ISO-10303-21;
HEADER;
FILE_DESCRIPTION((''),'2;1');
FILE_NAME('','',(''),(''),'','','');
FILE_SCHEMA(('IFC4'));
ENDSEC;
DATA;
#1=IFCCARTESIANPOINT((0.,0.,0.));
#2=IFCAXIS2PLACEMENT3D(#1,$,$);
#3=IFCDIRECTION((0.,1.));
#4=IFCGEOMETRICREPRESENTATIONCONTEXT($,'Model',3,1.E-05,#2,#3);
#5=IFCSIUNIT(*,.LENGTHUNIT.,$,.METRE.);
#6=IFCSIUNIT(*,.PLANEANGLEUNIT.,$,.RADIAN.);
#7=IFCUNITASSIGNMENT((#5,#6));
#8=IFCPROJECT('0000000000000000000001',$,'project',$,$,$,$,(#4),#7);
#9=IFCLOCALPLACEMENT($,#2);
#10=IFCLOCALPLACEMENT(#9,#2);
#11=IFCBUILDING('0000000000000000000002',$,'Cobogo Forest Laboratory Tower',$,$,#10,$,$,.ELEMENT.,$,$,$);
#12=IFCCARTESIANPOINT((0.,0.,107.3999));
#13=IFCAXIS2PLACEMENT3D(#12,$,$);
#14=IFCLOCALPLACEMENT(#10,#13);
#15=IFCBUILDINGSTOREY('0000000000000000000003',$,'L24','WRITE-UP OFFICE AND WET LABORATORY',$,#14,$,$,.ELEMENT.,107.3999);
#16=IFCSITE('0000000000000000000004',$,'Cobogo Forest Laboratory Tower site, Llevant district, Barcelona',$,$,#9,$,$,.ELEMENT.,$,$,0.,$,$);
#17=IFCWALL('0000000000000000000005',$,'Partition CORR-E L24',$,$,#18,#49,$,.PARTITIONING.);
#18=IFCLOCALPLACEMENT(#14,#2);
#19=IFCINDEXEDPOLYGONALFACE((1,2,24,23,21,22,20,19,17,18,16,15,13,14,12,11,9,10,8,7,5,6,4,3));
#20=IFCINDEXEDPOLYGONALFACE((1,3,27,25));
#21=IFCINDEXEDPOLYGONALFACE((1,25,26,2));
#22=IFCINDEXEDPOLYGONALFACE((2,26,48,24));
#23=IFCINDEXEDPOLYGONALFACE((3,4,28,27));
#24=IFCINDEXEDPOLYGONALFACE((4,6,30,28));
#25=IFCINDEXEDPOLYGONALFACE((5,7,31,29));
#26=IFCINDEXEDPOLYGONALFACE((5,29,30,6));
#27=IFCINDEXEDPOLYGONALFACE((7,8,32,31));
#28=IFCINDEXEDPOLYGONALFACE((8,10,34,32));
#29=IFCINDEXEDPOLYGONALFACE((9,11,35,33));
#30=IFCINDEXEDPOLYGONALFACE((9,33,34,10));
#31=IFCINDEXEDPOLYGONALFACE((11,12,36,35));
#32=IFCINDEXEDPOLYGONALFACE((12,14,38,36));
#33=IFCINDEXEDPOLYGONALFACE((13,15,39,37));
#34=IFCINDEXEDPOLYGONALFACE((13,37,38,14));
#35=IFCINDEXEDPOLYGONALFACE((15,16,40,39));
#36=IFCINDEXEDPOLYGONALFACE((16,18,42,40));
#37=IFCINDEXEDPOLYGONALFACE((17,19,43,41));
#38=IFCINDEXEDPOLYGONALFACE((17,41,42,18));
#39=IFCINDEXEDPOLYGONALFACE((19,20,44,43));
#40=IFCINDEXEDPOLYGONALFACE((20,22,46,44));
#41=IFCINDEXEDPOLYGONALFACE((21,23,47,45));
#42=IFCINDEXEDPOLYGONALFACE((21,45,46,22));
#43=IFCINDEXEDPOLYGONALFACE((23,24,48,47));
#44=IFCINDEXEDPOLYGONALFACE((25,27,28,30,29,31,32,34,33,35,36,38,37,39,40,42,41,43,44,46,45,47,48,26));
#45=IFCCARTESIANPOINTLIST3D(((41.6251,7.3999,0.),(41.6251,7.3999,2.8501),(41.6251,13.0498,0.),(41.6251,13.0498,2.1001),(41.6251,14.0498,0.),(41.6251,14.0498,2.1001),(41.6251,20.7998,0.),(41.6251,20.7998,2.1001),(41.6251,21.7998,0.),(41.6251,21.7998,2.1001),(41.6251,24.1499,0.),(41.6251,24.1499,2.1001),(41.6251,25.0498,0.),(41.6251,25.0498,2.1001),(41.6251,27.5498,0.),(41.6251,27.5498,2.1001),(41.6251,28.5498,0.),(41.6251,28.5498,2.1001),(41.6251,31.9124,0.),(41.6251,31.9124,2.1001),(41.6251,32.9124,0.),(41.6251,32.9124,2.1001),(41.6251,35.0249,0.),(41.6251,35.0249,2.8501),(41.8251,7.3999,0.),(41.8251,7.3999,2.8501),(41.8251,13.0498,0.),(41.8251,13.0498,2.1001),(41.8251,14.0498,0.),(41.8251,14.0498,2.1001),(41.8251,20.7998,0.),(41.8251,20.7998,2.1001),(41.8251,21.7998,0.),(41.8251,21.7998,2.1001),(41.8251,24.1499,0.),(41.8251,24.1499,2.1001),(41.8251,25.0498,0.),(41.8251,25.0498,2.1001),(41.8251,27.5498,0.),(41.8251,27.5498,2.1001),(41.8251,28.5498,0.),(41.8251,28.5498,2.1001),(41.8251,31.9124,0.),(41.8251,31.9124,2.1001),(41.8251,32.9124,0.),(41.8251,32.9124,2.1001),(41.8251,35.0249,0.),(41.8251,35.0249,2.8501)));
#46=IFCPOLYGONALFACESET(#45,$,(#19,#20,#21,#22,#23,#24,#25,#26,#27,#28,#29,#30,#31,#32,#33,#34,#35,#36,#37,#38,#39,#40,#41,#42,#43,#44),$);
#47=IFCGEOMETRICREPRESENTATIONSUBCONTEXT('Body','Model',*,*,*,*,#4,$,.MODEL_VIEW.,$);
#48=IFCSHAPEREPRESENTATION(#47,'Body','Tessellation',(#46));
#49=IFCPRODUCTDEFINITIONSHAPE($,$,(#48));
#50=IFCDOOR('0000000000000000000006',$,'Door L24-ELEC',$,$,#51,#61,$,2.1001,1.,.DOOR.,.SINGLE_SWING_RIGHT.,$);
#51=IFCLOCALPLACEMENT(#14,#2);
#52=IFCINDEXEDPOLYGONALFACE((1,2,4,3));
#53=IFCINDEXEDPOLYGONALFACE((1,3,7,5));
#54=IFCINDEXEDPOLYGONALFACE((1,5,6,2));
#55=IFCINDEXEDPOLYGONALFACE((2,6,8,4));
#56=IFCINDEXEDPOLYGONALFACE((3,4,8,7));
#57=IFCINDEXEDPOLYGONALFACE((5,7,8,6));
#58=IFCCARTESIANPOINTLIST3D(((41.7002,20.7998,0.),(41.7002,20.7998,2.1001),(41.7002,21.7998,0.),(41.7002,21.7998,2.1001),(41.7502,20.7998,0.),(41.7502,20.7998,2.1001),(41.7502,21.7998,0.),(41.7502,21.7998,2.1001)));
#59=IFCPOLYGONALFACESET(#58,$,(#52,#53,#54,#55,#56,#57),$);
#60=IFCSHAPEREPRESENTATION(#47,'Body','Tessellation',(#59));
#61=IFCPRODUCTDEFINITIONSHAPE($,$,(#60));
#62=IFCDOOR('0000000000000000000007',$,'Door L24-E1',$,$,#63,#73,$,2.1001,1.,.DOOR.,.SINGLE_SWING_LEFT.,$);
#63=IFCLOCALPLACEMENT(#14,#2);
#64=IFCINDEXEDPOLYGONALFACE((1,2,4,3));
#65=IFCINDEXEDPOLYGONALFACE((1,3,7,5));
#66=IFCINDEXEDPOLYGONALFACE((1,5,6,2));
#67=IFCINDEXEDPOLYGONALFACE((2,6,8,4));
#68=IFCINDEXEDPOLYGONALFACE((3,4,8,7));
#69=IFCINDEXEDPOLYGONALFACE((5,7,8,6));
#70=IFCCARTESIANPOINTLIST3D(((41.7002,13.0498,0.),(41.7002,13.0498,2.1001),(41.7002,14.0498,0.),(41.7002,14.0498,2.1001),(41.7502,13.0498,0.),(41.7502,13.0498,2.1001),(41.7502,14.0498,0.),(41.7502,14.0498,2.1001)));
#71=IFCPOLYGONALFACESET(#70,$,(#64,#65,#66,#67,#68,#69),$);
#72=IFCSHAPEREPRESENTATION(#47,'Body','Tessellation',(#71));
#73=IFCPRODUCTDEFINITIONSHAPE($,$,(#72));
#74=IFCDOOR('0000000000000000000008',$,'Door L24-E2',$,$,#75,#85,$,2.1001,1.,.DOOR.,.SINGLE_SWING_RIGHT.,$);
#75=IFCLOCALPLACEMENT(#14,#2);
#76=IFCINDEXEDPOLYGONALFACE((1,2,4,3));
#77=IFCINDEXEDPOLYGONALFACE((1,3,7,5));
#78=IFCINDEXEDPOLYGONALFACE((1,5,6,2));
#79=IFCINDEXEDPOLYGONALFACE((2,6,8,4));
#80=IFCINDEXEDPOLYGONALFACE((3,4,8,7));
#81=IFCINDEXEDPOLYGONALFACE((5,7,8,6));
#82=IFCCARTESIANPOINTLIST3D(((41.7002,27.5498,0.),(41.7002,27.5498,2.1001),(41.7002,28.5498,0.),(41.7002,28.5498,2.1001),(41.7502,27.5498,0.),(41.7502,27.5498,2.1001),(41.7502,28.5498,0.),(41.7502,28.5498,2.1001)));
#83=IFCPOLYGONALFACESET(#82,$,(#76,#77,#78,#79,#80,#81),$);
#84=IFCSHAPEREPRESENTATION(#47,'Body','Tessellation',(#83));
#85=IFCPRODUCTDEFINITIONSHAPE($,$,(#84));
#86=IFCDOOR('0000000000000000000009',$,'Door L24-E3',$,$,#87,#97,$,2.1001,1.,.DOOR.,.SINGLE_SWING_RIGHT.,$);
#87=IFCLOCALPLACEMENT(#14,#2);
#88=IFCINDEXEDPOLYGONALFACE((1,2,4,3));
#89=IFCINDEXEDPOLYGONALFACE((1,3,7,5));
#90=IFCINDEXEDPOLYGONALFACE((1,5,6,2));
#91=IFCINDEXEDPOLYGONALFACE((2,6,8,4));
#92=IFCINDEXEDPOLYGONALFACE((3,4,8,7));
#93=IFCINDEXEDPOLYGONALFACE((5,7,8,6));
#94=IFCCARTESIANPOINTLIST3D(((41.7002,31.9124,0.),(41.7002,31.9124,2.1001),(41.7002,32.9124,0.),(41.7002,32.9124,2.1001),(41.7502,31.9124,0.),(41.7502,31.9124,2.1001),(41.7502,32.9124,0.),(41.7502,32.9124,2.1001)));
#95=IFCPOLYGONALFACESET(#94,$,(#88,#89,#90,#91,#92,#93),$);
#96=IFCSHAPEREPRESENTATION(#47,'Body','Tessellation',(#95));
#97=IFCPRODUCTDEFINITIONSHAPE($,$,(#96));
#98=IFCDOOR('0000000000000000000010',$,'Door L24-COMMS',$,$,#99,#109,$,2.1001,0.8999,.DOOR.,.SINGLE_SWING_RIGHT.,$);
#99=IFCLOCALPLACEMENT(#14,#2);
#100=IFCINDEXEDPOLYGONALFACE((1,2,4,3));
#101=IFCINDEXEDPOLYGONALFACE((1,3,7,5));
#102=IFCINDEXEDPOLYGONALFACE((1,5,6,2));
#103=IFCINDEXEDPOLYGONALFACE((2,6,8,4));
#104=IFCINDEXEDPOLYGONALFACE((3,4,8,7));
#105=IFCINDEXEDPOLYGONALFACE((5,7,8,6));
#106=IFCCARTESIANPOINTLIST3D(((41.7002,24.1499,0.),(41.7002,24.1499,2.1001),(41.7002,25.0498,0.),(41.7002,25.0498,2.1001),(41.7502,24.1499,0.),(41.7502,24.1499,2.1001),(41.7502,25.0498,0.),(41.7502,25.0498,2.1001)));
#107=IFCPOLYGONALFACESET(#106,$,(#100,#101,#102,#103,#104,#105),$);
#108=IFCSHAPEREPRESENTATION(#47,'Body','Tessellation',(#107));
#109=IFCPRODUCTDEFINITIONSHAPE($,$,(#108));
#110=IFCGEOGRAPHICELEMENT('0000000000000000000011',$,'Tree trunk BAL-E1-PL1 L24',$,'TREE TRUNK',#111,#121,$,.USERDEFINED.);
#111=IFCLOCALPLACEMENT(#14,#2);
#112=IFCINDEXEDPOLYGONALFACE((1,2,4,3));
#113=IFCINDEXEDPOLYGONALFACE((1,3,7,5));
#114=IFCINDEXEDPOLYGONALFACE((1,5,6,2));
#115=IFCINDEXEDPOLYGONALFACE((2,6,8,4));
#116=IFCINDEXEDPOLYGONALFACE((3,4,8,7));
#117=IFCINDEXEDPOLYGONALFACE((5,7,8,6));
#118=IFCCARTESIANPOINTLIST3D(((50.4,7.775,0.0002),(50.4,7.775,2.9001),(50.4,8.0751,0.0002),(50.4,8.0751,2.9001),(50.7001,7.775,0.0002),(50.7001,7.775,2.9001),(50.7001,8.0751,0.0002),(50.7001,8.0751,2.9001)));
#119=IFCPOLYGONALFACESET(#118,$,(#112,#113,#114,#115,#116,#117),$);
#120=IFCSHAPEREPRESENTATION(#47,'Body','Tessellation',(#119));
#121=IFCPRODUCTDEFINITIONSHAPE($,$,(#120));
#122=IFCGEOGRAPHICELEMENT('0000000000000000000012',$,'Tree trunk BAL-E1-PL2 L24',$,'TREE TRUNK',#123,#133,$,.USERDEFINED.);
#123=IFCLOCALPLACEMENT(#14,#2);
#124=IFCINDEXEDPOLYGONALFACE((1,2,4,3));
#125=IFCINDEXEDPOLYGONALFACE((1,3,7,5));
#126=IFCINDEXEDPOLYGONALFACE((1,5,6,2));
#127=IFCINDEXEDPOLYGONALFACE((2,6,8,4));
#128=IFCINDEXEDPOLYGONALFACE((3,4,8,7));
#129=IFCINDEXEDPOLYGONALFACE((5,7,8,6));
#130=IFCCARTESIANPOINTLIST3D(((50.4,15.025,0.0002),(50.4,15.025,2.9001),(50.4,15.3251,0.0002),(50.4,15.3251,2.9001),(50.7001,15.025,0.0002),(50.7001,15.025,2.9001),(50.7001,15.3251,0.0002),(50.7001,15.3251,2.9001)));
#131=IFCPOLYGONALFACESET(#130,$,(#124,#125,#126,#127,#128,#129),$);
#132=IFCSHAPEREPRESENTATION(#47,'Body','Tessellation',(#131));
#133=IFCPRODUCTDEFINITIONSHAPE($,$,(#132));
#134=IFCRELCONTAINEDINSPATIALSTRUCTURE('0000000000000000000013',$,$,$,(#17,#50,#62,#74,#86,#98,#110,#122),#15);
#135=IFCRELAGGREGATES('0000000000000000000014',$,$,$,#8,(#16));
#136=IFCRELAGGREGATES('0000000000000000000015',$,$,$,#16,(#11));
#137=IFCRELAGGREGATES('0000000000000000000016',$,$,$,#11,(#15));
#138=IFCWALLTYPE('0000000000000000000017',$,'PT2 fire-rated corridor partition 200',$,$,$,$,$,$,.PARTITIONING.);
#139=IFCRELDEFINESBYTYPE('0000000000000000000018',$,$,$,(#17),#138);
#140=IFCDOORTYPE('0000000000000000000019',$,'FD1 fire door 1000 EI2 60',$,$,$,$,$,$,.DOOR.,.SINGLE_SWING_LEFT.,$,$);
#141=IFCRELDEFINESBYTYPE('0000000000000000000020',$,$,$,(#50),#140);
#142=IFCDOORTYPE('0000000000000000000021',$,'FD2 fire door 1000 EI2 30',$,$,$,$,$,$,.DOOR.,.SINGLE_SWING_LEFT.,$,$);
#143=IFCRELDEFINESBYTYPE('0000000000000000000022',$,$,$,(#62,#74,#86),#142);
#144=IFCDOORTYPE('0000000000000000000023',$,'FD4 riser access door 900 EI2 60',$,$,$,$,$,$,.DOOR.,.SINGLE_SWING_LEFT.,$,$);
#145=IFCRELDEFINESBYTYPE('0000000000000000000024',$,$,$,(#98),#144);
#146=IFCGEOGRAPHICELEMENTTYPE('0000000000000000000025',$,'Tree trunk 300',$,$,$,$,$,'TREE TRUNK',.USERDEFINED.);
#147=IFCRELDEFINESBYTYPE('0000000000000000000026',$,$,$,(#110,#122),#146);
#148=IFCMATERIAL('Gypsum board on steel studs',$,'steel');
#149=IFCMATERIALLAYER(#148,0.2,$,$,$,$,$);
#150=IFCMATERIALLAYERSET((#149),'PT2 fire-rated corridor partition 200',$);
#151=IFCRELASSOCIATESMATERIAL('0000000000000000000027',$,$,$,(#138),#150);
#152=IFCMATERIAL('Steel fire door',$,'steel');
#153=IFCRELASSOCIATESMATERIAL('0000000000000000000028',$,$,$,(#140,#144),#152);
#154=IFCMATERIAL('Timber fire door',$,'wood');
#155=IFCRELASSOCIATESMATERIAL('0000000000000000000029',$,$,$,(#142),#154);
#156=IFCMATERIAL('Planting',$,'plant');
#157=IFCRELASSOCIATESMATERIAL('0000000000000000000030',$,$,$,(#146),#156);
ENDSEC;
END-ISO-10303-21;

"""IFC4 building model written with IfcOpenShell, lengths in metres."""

from ifc_helpers import new_model, si_unit, direction, frame, frame_2d, origin, origin_2d, place, context, subcontext, project, spatial, rectangle, extrude, material, layer, layer_set, type_object, element, fill, save


model = new_model("IFC4")

# Units and contexts
model_context = context("Model", 3, precision=1e-05, world=origin(), true_north=direction((0.0, 1.0)))
body_context = subcontext(model_context, "Body", "Model", "MODEL_VIEW")
ifc_project = project(units=[si_unit("LENGTHUNIT", "METRE"), si_unit("PLANEANGLEUNIT", "RADIAN")], contexts=[model_context])

# Site, building, storey
site_placement = place(None, origin())
site = spatial("IfcSite", under=ifc_project, at=site_placement, Name="Cobogo Forest Laboratory Tower site, Llevant district, Barcelona", CompositionType="ELEMENT", RefElevation=0.0)
building_placement = place(site_placement, origin())
building = spatial("IfcBuilding", under=site, at=building_placement, Name="Cobogo Forest Laboratory Tower", CompositionType="ELEMENT")
storey_placement = place(building_placement, frame((0.0, 0.0, 107.3999)))
storey = spatial("IfcBuildingStorey", under=building, at=storey_placement, Name="L24", Description="WRITE-UP OFFICE AND WET LABORATORY", CompositionType="ELEMENT", Elevation=107.3999)

# Shared definitions
ifc_material_1 = material(Name="Gypsum board on steel studs", Category="steel")

# Wall, openings, doors
ifc_layer_1 = layer(ifc_material_1, 0.2)
ifc_layer_set_1 = layer_set([ifc_layer_1], Name="PT2 fire-rated corridor partition 200")
wall_type_1 = type_object("IfcWallType", Name="PT2 fire-rated corridor partition 200", PredefinedType="PARTITIONING", material=ifc_layer_set_1)
wall_1_placement = place(storey_placement, frame((41.7251, 7.3999, 0.0), z_axis=(0.0, 0.0, 1.0), x_axis=(0.0, 1.0, 0.0)))
wall_1 = element("IfcWall", 1, at=wall_1_placement, inside=storey, type_object=wall_type_1, Name="Partition CORR-E L24", PredefinedType="PARTITIONING", context=body_context, shape_type="SweptSolid", body=[
    extrude(rectangle(XDim=27.625, YDim=0.2, at=frame_2d((13.8125, 0.0))), origin(), (0.0, 0.0, 1.0), 2.8501),
])
opening_1_placement = place(wall_1_placement, frame((5.6499, 0.0, 0.0)))
opening_1 = element("IfcOpeningElement", 2, at=opening_1_placement, cuts=wall_1, PredefinedType="OPENING", context=body_context, shape_type="SweptSolid", body=[
    extrude(rectangle(XDim=1.0, YDim=2.1001, at=frame_2d((0.5, 1.05))), frame((0.0, 0.1099, 0.0), z_axis=(0.0, -1.0, 0.0), x_axis=(1.0, 0.0, 0.0)), (0.0, 0.0, 1.0), 0.22),
])
opening_2_placement = place(wall_1_placement, frame((13.3999, 0.0, 0.0)))
opening_2 = element("IfcOpeningElement", 3, at=opening_2_placement, cuts=wall_1, PredefinedType="OPENING", context=body_context, shape_type="SweptSolid", body=[
    extrude(rectangle(XDim=1.0, YDim=2.1001, at=frame_2d((0.5, 1.05))), frame((0.0, 0.1099, 0.0), z_axis=(0.0, -1.0, 0.0), x_axis=(1.0, 0.0, 0.0)), (0.0, 0.0, 1.0), 0.22),
])
opening_3_placement = place(wall_1_placement, frame((16.75, 0.0, 0.0)))
opening_3 = element("IfcOpeningElement", 4, at=opening_3_placement, cuts=wall_1, PredefinedType="OPENING", context=body_context, shape_type="SweptSolid", body=[
    extrude(rectangle(XDim=0.8999, YDim=2.1001, at=frame_2d((0.45, 1.05))), frame((0.0, 0.1099, 0.0), z_axis=(0.0, -1.0, 0.0), x_axis=(1.0, 0.0, 0.0)), (0.0, 0.0, 1.0), 0.22),
])
opening_4_placement = place(wall_1_placement, frame((20.1499, 0.0, 0.0)))
opening_4 = element("IfcOpeningElement", 5, at=opening_4_placement, cuts=wall_1, PredefinedType="OPENING", context=body_context, shape_type="SweptSolid", body=[
    extrude(rectangle(XDim=1.0, YDim=2.1001, at=frame_2d((0.5, 1.05))), frame((0.0, 0.1099, 0.0), z_axis=(0.0, -1.0, 0.0), x_axis=(1.0, 0.0, 0.0)), (0.0, 0.0, 1.0), 0.22),
])
opening_5_placement = place(wall_1_placement, frame((24.5125, 0.0, 0.0)))
opening_5 = element("IfcOpeningElement", 6, at=opening_5_placement, cuts=wall_1, PredefinedType="OPENING", context=body_context, shape_type="SweptSolid", body=[
    extrude(rectangle(XDim=1.0, YDim=2.1001, at=frame_2d((0.5, 1.05))), frame((0.0, 0.1099, 0.0), z_axis=(0.0, -1.0, 0.0), x_axis=(1.0, 0.0, 0.0)), (0.0, 0.0, 1.0), 0.22),
])
ifc_material_2 = material(Name="Steel fire door", Category="steel")
door_type_1 = type_object("IfcDoorType", Name="FD1 fire door 1000 EI2 60", OperationType="SINGLE_SWING_LEFT", PredefinedType="DOOR", material=ifc_material_2)
door_1_placement = place(opening_2_placement, origin())
door_1 = element("IfcDoor", 7, at=door_1_placement, inside=storey, type_object=door_type_1, Name="Door L24-ELEC", OperationType="SINGLE_SWING_RIGHT", OverallHeight=2.1001, OverallWidth=1.0, PredefinedType="DOOR", context=body_context, shape_type="SweptSolid", body=[
    extrude(rectangle(XDim=1.0, YDim=2.1001, at=frame_2d((0.5, 1.05))), frame((0.0, 0.0249, 0.0), z_axis=(0.0, -1.0, 0.0), x_axis=(1.0, 0.0, 0.0)), (0.0, 0.0, 1.0), 0.05),
])
fill(opening_2, door_1)
ifc_material_3 = material(Name="Timber fire door", Category="wood")
door_type_2 = type_object("IfcDoorType", Name="FD2 fire door 1000 EI2 30", OperationType="SINGLE_SWING_LEFT", PredefinedType="DOOR", material=ifc_material_3)
door_2_placement = place(opening_1_placement, origin())
door_2 = element("IfcDoor", 8, at=door_2_placement, inside=storey, type_object=door_type_2, Name="Door L24-E1", OperationType="SINGLE_SWING_LEFT", OverallHeight=2.1001, OverallWidth=1.0, PredefinedType="DOOR", context=body_context, shape_type="SweptSolid", body=[
    extrude(rectangle(XDim=1.0, YDim=2.1001, at=frame_2d((0.5, 1.05))), frame((0.0, 0.0249, 0.0), z_axis=(0.0, -1.0, 0.0), x_axis=(1.0, 0.0, 0.0)), (0.0, 0.0, 1.0), 0.05),
])
fill(opening_1, door_2)
door_3_placement = place(opening_4_placement, origin())
door_3 = element("IfcDoor", 9, at=door_3_placement, inside=storey, type_object=door_type_2, Name="Door L24-E2", OperationType="SINGLE_SWING_RIGHT", OverallHeight=2.1001, OverallWidth=1.0, PredefinedType="DOOR", context=body_context, shape_type="SweptSolid", body=[
    extrude(rectangle(XDim=1.0, YDim=2.1001, at=frame_2d((0.5, 1.05))), frame((0.0, 0.0249, 0.0), z_axis=(0.0, -1.0, 0.0), x_axis=(1.0, 0.0, 0.0)), (0.0, 0.0, 1.0), 0.05),
])
fill(opening_4, door_3)
door_4_placement = place(opening_5_placement, origin())
door_4 = element("IfcDoor", 10, at=door_4_placement, inside=storey, type_object=door_type_2, Name="Door L24-E3", OperationType="SINGLE_SWING_RIGHT", OverallHeight=2.1001, OverallWidth=1.0, PredefinedType="DOOR", context=body_context, shape_type="SweptSolid", body=[
    extrude(rectangle(XDim=1.0, YDim=2.1001, at=frame_2d((0.5, 1.05))), frame((0.0, 0.0249, 0.0), z_axis=(0.0, -1.0, 0.0), x_axis=(1.0, 0.0, 0.0)), (0.0, 0.0, 1.0), 0.05),
])
fill(opening_5, door_4)
door_type_3 = type_object("IfcDoorType", Name="FD4 riser access door 900 EI2 60", OperationType="SINGLE_SWING_LEFT", PredefinedType="DOOR", material=ifc_material_2)
door_5_placement = place(opening_3_placement, origin())
door_5 = element("IfcDoor", 11, at=door_5_placement, inside=storey, type_object=door_type_3, Name="Door L24-COMMS", OperationType="SINGLE_SWING_RIGHT", OverallHeight=2.1001, OverallWidth=0.8999, PredefinedType="DOOR", context=body_context, shape_type="SweptSolid", body=[
    extrude(rectangle(XDim=0.8999, YDim=2.1001, at=frame_2d((0.45, 1.05))), frame((0.0, 0.0249, 0.0), z_axis=(0.0, -1.0, 0.0), x_axis=(1.0, 0.0, 0.0)), (0.0, 0.0, 1.0), 0.05),
])
fill(opening_3, door_5)

# Geographic elements
ifc_material_4 = material(Name="Planting", Category="plant")
geographic_element_type = type_object("IfcGeographicElementType", Name="Tree trunk 300", ElementType="TREE TRUNK", PredefinedType="USERDEFINED", material=ifc_material_4)
for number, where, z_axis, x_axis, name in (
    (12, (50.55, 7.925, 0.0002), (0.0, 0.0, 1.0), (1.0, 0.0, 0.0), "Tree trunk BAL-E1-PL1 L24"),
    (13, (50.55, 15.175, 0.0002), (0.0, 0.0, 1.0), (1.0, 0.0, 0.0), "Tree trunk BAL-E1-PL2 L24"),
):
    element("IfcGeographicElement", number, at=place(storey_placement, frame(where, z_axis=z_axis, x_axis=x_axis)), inside=storey, type_object=geographic_element_type, Name=name, ObjectType="TREE TRUNK", PredefinedType="USERDEFINED", context=body_context, shape_type="SweptSolid", body=[
        extrude(rectangle(XDim=0.3, YDim=0.3, at=origin_2d()), origin(), (0.0, 0.0, 1.0), 2.8999),
    ])

save(model, "model.ifc")
